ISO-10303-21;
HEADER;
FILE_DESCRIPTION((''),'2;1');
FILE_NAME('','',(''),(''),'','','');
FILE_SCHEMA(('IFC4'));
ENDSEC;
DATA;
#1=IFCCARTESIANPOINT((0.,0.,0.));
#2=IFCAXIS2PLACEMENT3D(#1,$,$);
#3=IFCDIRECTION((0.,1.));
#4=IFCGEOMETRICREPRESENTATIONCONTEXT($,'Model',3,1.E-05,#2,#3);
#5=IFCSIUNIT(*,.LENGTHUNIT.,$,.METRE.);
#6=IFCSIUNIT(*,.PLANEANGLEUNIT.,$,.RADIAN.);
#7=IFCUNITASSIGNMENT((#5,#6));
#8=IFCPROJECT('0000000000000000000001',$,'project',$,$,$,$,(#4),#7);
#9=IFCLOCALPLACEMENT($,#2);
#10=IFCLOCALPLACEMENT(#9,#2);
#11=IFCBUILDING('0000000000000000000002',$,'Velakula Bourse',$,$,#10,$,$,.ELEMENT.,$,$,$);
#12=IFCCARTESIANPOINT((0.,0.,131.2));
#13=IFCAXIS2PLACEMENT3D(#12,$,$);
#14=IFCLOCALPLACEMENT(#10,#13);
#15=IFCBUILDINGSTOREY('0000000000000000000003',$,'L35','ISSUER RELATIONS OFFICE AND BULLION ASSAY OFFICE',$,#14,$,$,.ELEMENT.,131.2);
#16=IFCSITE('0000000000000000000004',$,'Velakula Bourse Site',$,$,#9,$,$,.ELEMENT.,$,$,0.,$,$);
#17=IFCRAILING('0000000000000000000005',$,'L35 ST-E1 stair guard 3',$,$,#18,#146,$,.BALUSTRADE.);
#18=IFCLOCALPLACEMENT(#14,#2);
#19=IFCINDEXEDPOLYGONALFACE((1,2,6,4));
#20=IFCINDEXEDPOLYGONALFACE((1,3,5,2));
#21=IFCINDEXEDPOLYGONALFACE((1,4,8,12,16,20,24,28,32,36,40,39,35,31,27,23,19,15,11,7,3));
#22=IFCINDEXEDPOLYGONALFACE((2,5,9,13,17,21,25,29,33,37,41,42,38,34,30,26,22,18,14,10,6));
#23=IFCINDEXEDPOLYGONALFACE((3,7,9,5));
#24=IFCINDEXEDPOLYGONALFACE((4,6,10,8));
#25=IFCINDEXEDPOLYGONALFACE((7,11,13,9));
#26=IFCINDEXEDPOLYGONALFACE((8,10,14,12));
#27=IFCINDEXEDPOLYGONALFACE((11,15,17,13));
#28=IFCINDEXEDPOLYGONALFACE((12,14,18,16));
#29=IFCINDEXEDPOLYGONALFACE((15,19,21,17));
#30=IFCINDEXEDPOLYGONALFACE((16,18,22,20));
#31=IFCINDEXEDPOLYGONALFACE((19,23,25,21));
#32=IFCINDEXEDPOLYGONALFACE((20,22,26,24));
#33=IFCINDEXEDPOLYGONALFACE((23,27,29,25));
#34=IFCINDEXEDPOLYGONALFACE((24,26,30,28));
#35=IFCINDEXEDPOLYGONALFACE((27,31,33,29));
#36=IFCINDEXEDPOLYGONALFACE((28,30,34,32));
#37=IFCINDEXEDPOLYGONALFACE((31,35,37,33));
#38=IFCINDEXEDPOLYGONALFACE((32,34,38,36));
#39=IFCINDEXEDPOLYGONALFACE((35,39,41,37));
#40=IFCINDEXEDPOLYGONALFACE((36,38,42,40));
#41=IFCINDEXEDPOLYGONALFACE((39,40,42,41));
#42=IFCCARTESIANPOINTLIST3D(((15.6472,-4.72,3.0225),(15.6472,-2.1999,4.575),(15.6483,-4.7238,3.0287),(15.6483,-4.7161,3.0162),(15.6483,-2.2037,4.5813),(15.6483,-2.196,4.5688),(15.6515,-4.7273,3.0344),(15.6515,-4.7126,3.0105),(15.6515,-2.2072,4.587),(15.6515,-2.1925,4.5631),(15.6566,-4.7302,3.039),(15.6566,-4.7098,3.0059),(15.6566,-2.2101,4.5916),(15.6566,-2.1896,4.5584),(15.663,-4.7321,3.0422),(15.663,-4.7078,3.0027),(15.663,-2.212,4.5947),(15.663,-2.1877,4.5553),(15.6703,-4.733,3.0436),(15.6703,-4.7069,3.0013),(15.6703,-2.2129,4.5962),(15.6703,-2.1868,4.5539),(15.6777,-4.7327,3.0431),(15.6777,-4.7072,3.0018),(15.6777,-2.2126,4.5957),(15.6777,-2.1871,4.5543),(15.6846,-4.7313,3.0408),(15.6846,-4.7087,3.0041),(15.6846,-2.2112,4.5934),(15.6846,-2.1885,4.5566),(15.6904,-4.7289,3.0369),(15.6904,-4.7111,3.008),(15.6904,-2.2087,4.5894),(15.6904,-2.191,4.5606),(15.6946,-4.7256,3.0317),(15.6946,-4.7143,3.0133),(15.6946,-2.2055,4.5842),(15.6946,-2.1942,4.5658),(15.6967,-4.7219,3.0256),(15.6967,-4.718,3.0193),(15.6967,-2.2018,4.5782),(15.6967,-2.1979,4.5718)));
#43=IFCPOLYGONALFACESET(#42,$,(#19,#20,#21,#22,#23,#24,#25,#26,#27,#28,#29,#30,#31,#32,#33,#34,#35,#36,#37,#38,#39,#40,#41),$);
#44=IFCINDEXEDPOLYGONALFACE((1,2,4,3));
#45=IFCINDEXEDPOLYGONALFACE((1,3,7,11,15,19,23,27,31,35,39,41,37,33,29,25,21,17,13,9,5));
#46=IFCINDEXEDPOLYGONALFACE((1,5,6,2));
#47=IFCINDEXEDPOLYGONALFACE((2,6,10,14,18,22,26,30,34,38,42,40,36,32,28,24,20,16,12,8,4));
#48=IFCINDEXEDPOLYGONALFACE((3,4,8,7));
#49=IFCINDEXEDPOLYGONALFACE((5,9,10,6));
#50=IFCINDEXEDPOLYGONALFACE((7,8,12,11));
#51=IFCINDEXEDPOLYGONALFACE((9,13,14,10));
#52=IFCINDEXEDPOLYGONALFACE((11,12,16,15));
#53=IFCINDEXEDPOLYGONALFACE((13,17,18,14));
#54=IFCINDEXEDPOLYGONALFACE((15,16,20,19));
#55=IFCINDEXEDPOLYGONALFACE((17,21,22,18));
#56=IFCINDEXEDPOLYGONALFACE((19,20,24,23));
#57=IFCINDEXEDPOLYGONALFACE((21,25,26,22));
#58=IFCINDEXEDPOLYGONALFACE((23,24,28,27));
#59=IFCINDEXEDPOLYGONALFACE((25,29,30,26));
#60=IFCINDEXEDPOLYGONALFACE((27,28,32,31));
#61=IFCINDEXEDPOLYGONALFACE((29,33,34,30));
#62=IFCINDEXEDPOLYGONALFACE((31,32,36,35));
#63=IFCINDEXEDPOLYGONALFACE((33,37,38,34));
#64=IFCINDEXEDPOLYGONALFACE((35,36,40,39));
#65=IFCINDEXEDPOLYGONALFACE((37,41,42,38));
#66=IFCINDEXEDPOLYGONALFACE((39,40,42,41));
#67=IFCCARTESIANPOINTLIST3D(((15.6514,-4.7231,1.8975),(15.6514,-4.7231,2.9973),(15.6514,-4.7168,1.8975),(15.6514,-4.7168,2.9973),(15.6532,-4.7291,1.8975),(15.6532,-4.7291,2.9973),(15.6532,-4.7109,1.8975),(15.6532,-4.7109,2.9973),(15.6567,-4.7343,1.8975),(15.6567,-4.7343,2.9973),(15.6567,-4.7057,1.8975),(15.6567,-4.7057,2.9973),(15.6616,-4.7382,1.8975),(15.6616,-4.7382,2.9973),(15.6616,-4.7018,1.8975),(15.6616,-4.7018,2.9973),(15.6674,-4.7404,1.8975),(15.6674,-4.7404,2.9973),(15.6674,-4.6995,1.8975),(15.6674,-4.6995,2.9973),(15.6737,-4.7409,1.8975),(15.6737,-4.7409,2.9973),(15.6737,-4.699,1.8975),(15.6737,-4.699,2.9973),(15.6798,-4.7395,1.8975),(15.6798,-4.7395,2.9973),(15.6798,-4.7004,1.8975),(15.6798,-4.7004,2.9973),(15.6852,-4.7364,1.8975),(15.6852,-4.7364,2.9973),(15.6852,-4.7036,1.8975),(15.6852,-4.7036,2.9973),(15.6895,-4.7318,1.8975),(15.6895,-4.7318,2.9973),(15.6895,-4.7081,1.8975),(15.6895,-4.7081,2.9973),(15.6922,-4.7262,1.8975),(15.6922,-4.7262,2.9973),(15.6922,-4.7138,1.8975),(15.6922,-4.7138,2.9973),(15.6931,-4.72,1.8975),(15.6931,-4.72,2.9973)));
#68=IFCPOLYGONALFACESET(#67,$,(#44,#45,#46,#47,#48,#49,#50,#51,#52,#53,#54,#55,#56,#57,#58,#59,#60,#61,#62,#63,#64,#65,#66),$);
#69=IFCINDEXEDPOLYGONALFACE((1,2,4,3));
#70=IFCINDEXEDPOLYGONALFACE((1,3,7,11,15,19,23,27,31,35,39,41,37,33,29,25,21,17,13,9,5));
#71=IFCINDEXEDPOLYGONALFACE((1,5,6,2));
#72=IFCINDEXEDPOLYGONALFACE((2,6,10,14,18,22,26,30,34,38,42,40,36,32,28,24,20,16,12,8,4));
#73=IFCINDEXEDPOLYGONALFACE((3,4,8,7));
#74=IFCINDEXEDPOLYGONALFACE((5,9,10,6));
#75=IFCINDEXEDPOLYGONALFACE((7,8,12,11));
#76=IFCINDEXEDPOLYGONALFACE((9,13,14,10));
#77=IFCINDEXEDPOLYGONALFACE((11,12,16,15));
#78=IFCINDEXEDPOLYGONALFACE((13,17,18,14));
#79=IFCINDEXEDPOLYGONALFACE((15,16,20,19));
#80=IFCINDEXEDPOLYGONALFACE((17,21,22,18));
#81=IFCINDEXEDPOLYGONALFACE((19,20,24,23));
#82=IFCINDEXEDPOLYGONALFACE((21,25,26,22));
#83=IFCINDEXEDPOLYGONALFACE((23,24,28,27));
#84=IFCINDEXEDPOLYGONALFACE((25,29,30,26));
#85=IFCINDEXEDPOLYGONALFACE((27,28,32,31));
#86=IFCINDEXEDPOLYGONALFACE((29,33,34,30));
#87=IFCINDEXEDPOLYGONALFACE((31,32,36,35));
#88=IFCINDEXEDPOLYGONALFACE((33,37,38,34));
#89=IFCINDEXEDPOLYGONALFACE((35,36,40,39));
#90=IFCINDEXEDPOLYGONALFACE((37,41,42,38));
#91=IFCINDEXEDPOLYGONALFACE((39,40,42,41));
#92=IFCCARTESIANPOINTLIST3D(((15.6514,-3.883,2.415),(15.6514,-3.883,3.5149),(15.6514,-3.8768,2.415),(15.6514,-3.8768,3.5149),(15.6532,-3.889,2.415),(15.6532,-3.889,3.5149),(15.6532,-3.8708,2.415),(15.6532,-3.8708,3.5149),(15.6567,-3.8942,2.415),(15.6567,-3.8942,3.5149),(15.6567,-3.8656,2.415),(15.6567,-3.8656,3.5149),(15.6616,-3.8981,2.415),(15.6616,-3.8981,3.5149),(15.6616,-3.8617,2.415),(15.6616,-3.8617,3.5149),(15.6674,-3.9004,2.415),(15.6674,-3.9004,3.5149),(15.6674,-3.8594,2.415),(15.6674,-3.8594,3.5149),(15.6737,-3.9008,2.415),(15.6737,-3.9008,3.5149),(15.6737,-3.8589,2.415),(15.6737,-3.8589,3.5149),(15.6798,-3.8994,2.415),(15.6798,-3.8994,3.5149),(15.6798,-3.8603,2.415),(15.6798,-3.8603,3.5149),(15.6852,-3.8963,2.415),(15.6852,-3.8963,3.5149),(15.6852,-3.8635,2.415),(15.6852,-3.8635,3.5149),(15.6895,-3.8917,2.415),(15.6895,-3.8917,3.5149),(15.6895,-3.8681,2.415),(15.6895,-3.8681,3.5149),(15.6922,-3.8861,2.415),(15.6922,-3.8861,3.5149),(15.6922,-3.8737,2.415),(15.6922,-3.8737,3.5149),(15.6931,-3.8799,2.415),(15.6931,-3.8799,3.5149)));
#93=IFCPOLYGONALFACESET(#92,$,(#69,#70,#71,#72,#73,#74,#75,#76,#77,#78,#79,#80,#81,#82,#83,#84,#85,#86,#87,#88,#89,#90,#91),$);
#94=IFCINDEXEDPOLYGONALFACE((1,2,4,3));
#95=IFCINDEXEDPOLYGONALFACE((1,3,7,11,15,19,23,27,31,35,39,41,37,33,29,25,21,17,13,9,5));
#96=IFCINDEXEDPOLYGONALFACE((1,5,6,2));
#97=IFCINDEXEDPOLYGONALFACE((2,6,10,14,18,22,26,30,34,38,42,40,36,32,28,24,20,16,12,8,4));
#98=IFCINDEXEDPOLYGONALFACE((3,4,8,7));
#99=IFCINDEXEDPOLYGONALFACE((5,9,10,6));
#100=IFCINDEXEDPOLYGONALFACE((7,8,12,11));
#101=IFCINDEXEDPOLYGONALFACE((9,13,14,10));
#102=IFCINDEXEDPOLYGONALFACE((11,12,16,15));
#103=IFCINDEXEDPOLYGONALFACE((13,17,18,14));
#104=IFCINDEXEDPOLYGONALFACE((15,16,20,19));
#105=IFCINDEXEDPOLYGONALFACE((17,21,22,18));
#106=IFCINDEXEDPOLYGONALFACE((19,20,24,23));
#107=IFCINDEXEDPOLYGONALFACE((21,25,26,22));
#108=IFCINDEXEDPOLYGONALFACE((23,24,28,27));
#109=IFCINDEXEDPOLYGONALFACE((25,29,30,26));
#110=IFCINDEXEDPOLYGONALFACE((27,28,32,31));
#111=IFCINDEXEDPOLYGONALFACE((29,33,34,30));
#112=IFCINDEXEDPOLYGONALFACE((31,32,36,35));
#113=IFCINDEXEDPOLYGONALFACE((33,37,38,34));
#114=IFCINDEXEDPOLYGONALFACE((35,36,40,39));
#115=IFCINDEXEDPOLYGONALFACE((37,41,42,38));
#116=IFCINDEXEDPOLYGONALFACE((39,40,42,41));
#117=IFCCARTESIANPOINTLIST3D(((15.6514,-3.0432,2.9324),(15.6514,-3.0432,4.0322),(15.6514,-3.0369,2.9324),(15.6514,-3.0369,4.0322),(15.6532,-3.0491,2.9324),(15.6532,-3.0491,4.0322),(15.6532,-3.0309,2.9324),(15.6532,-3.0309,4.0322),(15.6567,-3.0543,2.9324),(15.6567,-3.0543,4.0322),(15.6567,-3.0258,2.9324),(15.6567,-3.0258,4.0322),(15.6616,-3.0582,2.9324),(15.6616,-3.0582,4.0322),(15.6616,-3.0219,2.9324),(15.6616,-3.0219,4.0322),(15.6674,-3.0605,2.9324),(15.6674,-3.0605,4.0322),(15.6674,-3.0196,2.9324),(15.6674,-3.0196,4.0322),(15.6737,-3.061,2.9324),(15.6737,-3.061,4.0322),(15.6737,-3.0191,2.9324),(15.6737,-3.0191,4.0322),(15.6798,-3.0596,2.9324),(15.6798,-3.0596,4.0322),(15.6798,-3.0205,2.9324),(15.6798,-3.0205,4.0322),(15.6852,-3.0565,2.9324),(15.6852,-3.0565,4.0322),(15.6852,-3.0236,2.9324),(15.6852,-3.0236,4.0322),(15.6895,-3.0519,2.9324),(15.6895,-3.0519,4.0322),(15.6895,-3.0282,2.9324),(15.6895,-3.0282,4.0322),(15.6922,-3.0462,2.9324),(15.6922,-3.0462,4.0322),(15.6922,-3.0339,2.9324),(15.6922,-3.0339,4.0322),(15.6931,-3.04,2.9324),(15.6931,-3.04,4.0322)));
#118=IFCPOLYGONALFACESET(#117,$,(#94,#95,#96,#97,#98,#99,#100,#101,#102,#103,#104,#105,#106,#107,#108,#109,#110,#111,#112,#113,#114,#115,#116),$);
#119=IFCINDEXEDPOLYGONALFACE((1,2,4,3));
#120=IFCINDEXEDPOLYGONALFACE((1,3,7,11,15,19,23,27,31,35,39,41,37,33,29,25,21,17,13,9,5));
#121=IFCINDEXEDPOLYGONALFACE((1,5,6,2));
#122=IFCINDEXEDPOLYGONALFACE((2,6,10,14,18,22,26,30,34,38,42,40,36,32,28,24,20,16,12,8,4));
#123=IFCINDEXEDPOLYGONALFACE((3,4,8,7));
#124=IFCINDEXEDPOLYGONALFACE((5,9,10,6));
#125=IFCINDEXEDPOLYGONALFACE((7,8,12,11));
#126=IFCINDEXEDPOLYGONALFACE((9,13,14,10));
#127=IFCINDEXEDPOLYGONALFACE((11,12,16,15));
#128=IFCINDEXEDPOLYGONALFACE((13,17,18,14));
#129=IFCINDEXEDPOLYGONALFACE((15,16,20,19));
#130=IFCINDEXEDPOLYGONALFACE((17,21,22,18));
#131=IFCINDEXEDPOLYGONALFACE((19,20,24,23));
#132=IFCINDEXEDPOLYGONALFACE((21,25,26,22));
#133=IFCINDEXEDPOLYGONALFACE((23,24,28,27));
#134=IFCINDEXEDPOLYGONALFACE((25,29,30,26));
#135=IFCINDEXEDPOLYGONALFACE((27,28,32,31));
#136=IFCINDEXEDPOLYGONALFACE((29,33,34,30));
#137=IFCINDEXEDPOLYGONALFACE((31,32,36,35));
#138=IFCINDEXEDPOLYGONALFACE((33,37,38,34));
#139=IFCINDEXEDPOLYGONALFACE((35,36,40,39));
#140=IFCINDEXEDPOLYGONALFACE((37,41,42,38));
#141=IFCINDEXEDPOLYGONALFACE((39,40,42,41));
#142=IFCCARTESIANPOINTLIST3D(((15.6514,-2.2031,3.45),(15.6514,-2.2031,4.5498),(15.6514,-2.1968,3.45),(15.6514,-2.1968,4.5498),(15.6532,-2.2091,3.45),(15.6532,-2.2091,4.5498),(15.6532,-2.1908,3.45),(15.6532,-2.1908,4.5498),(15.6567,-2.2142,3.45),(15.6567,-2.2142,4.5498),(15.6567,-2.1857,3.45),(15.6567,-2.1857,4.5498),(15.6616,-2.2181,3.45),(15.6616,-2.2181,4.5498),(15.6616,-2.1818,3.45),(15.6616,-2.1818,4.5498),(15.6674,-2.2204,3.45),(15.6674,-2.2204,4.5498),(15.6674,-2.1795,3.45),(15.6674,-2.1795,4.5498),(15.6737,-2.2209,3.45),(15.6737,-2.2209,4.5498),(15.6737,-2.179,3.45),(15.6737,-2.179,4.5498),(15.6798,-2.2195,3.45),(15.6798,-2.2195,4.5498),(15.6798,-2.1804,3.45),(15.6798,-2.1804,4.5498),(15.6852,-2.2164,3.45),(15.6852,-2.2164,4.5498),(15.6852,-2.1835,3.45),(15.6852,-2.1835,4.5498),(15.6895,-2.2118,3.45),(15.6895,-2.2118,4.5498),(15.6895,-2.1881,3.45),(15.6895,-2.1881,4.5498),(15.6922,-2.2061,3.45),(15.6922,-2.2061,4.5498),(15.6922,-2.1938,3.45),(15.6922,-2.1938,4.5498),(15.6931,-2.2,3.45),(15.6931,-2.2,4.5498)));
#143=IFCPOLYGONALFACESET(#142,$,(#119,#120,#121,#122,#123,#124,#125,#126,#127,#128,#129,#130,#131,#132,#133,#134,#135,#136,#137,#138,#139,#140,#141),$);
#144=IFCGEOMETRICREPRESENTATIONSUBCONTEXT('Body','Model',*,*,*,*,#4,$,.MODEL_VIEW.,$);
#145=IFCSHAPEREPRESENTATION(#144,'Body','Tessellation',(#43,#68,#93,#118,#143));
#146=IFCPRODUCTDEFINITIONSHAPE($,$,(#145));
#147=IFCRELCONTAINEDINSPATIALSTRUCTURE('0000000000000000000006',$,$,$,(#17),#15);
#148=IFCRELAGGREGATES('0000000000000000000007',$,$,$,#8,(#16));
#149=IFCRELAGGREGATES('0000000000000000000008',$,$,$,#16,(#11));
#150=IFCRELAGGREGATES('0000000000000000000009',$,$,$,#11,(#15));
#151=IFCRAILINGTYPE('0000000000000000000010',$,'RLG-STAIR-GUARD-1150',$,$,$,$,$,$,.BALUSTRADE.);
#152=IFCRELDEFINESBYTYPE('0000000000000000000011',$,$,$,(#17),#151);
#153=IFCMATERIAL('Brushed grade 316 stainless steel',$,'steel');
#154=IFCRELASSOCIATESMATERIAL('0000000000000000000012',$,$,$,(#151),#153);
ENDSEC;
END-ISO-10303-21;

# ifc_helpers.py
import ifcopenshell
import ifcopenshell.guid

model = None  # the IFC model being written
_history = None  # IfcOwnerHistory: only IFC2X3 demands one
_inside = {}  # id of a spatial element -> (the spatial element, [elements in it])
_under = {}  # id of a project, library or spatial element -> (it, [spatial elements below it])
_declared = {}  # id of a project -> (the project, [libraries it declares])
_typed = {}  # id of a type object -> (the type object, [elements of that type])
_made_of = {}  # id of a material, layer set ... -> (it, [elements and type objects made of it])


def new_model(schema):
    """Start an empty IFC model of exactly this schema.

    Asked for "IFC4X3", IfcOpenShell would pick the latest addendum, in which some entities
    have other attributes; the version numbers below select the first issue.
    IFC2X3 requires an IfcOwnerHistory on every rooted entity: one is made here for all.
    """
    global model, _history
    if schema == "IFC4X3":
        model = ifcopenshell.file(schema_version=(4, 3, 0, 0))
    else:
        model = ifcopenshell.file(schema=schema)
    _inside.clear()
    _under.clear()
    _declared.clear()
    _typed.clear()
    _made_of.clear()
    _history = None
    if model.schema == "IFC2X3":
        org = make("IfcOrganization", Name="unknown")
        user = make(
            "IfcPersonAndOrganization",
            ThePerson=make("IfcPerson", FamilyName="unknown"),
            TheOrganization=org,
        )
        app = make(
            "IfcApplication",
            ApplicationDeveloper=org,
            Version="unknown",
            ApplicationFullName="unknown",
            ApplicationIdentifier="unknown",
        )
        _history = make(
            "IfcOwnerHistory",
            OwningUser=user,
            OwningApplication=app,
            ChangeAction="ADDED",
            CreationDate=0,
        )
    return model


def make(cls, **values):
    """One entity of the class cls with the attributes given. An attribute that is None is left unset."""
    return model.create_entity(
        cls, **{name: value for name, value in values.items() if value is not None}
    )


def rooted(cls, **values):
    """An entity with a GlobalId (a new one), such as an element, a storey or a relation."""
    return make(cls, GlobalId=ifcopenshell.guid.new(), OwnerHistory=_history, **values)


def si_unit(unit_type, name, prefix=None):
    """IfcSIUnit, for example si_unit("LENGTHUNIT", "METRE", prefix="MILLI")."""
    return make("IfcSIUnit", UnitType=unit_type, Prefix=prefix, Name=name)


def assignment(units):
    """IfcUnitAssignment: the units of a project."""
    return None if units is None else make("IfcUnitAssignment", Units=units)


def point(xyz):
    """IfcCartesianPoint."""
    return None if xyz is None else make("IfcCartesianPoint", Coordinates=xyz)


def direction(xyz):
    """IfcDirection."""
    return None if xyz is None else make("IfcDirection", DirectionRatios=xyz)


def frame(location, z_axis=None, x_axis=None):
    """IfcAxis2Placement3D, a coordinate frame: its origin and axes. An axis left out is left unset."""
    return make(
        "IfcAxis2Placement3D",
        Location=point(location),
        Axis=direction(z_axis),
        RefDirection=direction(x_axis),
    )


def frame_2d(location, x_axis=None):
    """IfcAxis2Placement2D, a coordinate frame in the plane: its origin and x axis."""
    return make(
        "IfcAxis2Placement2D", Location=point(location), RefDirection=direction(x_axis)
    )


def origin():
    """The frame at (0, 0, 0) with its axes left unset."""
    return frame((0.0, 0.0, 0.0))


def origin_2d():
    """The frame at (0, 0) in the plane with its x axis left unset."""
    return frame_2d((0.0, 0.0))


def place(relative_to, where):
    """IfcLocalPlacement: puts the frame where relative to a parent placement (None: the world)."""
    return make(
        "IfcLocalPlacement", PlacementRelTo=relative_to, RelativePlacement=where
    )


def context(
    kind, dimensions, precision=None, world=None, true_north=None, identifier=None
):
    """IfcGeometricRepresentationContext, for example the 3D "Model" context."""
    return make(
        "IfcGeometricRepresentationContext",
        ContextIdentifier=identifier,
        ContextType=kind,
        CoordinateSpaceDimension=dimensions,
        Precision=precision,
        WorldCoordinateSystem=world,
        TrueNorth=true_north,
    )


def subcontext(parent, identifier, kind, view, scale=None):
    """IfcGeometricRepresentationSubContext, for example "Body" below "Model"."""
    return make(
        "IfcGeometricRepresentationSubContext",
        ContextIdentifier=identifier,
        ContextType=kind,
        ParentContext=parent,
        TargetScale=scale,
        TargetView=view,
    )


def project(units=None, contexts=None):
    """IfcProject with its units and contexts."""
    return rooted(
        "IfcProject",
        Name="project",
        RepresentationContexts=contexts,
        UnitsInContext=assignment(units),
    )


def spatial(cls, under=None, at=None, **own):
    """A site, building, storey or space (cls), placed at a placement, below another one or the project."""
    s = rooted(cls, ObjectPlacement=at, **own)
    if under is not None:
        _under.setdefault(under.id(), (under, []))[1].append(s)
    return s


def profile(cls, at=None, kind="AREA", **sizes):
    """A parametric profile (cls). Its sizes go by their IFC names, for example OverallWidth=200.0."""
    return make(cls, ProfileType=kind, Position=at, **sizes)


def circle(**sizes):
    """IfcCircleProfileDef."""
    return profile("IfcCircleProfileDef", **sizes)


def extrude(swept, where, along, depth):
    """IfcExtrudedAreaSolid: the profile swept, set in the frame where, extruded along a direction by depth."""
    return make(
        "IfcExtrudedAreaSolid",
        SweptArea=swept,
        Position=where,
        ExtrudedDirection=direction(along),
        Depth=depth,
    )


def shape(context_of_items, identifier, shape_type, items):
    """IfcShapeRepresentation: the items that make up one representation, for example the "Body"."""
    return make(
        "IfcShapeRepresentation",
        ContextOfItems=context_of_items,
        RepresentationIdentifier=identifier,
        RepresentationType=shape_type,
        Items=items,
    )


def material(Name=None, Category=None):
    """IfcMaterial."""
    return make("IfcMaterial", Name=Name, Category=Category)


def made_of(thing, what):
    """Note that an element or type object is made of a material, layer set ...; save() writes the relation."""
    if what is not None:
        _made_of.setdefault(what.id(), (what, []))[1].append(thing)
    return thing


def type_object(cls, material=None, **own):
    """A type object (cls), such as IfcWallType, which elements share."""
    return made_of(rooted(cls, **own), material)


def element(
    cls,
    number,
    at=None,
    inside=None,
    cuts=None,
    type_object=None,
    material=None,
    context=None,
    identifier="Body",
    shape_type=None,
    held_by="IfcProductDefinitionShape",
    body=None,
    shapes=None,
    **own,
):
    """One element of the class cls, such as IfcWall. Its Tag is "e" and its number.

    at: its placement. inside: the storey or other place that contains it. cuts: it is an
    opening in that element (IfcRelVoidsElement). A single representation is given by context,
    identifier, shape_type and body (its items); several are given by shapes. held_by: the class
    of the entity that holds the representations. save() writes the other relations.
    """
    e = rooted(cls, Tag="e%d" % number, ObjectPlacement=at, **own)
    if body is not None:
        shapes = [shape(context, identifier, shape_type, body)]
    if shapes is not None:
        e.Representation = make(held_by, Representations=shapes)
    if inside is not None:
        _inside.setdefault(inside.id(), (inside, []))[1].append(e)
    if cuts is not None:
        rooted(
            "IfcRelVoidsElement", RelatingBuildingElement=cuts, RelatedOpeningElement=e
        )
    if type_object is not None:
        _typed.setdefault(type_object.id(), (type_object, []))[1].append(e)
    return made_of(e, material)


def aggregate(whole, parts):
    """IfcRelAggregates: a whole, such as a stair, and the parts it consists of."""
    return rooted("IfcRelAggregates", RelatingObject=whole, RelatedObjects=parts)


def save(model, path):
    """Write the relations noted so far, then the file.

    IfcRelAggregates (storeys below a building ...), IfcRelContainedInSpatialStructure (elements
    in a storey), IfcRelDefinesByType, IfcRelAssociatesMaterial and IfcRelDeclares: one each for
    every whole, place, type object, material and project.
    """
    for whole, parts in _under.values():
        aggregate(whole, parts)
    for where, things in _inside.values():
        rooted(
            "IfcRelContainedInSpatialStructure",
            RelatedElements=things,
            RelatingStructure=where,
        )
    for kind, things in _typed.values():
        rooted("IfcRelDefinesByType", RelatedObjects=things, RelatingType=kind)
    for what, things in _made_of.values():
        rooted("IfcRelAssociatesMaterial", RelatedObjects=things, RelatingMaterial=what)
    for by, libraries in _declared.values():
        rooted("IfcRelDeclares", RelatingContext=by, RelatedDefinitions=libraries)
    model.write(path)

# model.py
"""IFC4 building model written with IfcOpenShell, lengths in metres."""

from ifc_helpers import new_model, si_unit, direction, frame, origin, origin_2d, place, context, subcontext, project, spatial, circle, extrude, material, type_object, element, save


model = new_model("IFC4")

# Units and contexts
model_context = context("Model", 3, precision=1e-05, world=origin(), true_north=direction((0.0, 1.0)))
body_context = subcontext(model_context, "Body", "Model", "MODEL_VIEW")
ifc_project = project(units=[si_unit("LENGTHUNIT", "METRE"), si_unit("PLANEANGLEUNIT", "RADIAN")], contexts=[model_context])

# Site, building, storey
site_placement = place(None, origin())
site = spatial("IfcSite", under=ifc_project, at=site_placement, Name="Velakula Bourse Site", CompositionType="ELEMENT", RefElevation=0.0)
building_placement = place(site_placement, origin())
building = spatial("IfcBuilding", under=site, at=building_placement, Name="Velakula Bourse", CompositionType="ELEMENT")
storey_placement = place(building_placement, frame((0.0, 0.0, 131.2)))
storey = spatial("IfcBuildingStorey", under=building, at=storey_placement, Name="L35", Description="ISSUER RELATIONS OFFICE AND BULLION ASSAY OFFICE", CompositionType="ELEMENT", Elevation=131.2)

# Shared definitions
ifc_material_1 = material(Name="Brushed grade 316 stainless steel", Category="steel")

# Railing
railing_type_1 = type_object("IfcRailingType", Name="RLG-STAIR-GUARD-1150", PredefinedType="BALUSTRADE", material=ifc_material_1)
railing_1_placement = place(storey_placement, frame((15.6721, -4.72, 1.8975)))
element("IfcRailing", 1, at=railing_1_placement, inside=storey, type_object=railing_type_1, Name="L35 ST-E1 stair guard 3", PredefinedType="BALUSTRADE", context=body_context, shape_type="SweptSolid", body=[
    extrude(circle(Radius=0.0249, at=origin_2d()), frame((0.0, 0.0, 1.125), z_axis=(0.0, 0.8514, 0.524516), x_axis=(-1.0, 0.0, 0.0)), (0.0, 0.0, 1.0), 2.96),
    extrude(circle(Radius=0.021, at=origin_2d()), origin(), (0.0, 0.0, 1.0), 1.0999),
    extrude(circle(Radius=0.021, at=origin_2d()), frame((0.0, 0.8401, 0.5176)), (0.0, 0.0, 1.0), 1.0999),
    extrude(circle(Radius=0.021, at=origin_2d()), frame((0.0, 1.6799, 1.0349)), (0.0, 0.0, 1.0), 1.0999),
    extrude(circle(Radius=0.021, at=origin_2d()), frame((0.0, 2.52, 1.5525)), (0.0, 0.0, 1.0), 1.0999),
])

save(model, "model.ifc")
